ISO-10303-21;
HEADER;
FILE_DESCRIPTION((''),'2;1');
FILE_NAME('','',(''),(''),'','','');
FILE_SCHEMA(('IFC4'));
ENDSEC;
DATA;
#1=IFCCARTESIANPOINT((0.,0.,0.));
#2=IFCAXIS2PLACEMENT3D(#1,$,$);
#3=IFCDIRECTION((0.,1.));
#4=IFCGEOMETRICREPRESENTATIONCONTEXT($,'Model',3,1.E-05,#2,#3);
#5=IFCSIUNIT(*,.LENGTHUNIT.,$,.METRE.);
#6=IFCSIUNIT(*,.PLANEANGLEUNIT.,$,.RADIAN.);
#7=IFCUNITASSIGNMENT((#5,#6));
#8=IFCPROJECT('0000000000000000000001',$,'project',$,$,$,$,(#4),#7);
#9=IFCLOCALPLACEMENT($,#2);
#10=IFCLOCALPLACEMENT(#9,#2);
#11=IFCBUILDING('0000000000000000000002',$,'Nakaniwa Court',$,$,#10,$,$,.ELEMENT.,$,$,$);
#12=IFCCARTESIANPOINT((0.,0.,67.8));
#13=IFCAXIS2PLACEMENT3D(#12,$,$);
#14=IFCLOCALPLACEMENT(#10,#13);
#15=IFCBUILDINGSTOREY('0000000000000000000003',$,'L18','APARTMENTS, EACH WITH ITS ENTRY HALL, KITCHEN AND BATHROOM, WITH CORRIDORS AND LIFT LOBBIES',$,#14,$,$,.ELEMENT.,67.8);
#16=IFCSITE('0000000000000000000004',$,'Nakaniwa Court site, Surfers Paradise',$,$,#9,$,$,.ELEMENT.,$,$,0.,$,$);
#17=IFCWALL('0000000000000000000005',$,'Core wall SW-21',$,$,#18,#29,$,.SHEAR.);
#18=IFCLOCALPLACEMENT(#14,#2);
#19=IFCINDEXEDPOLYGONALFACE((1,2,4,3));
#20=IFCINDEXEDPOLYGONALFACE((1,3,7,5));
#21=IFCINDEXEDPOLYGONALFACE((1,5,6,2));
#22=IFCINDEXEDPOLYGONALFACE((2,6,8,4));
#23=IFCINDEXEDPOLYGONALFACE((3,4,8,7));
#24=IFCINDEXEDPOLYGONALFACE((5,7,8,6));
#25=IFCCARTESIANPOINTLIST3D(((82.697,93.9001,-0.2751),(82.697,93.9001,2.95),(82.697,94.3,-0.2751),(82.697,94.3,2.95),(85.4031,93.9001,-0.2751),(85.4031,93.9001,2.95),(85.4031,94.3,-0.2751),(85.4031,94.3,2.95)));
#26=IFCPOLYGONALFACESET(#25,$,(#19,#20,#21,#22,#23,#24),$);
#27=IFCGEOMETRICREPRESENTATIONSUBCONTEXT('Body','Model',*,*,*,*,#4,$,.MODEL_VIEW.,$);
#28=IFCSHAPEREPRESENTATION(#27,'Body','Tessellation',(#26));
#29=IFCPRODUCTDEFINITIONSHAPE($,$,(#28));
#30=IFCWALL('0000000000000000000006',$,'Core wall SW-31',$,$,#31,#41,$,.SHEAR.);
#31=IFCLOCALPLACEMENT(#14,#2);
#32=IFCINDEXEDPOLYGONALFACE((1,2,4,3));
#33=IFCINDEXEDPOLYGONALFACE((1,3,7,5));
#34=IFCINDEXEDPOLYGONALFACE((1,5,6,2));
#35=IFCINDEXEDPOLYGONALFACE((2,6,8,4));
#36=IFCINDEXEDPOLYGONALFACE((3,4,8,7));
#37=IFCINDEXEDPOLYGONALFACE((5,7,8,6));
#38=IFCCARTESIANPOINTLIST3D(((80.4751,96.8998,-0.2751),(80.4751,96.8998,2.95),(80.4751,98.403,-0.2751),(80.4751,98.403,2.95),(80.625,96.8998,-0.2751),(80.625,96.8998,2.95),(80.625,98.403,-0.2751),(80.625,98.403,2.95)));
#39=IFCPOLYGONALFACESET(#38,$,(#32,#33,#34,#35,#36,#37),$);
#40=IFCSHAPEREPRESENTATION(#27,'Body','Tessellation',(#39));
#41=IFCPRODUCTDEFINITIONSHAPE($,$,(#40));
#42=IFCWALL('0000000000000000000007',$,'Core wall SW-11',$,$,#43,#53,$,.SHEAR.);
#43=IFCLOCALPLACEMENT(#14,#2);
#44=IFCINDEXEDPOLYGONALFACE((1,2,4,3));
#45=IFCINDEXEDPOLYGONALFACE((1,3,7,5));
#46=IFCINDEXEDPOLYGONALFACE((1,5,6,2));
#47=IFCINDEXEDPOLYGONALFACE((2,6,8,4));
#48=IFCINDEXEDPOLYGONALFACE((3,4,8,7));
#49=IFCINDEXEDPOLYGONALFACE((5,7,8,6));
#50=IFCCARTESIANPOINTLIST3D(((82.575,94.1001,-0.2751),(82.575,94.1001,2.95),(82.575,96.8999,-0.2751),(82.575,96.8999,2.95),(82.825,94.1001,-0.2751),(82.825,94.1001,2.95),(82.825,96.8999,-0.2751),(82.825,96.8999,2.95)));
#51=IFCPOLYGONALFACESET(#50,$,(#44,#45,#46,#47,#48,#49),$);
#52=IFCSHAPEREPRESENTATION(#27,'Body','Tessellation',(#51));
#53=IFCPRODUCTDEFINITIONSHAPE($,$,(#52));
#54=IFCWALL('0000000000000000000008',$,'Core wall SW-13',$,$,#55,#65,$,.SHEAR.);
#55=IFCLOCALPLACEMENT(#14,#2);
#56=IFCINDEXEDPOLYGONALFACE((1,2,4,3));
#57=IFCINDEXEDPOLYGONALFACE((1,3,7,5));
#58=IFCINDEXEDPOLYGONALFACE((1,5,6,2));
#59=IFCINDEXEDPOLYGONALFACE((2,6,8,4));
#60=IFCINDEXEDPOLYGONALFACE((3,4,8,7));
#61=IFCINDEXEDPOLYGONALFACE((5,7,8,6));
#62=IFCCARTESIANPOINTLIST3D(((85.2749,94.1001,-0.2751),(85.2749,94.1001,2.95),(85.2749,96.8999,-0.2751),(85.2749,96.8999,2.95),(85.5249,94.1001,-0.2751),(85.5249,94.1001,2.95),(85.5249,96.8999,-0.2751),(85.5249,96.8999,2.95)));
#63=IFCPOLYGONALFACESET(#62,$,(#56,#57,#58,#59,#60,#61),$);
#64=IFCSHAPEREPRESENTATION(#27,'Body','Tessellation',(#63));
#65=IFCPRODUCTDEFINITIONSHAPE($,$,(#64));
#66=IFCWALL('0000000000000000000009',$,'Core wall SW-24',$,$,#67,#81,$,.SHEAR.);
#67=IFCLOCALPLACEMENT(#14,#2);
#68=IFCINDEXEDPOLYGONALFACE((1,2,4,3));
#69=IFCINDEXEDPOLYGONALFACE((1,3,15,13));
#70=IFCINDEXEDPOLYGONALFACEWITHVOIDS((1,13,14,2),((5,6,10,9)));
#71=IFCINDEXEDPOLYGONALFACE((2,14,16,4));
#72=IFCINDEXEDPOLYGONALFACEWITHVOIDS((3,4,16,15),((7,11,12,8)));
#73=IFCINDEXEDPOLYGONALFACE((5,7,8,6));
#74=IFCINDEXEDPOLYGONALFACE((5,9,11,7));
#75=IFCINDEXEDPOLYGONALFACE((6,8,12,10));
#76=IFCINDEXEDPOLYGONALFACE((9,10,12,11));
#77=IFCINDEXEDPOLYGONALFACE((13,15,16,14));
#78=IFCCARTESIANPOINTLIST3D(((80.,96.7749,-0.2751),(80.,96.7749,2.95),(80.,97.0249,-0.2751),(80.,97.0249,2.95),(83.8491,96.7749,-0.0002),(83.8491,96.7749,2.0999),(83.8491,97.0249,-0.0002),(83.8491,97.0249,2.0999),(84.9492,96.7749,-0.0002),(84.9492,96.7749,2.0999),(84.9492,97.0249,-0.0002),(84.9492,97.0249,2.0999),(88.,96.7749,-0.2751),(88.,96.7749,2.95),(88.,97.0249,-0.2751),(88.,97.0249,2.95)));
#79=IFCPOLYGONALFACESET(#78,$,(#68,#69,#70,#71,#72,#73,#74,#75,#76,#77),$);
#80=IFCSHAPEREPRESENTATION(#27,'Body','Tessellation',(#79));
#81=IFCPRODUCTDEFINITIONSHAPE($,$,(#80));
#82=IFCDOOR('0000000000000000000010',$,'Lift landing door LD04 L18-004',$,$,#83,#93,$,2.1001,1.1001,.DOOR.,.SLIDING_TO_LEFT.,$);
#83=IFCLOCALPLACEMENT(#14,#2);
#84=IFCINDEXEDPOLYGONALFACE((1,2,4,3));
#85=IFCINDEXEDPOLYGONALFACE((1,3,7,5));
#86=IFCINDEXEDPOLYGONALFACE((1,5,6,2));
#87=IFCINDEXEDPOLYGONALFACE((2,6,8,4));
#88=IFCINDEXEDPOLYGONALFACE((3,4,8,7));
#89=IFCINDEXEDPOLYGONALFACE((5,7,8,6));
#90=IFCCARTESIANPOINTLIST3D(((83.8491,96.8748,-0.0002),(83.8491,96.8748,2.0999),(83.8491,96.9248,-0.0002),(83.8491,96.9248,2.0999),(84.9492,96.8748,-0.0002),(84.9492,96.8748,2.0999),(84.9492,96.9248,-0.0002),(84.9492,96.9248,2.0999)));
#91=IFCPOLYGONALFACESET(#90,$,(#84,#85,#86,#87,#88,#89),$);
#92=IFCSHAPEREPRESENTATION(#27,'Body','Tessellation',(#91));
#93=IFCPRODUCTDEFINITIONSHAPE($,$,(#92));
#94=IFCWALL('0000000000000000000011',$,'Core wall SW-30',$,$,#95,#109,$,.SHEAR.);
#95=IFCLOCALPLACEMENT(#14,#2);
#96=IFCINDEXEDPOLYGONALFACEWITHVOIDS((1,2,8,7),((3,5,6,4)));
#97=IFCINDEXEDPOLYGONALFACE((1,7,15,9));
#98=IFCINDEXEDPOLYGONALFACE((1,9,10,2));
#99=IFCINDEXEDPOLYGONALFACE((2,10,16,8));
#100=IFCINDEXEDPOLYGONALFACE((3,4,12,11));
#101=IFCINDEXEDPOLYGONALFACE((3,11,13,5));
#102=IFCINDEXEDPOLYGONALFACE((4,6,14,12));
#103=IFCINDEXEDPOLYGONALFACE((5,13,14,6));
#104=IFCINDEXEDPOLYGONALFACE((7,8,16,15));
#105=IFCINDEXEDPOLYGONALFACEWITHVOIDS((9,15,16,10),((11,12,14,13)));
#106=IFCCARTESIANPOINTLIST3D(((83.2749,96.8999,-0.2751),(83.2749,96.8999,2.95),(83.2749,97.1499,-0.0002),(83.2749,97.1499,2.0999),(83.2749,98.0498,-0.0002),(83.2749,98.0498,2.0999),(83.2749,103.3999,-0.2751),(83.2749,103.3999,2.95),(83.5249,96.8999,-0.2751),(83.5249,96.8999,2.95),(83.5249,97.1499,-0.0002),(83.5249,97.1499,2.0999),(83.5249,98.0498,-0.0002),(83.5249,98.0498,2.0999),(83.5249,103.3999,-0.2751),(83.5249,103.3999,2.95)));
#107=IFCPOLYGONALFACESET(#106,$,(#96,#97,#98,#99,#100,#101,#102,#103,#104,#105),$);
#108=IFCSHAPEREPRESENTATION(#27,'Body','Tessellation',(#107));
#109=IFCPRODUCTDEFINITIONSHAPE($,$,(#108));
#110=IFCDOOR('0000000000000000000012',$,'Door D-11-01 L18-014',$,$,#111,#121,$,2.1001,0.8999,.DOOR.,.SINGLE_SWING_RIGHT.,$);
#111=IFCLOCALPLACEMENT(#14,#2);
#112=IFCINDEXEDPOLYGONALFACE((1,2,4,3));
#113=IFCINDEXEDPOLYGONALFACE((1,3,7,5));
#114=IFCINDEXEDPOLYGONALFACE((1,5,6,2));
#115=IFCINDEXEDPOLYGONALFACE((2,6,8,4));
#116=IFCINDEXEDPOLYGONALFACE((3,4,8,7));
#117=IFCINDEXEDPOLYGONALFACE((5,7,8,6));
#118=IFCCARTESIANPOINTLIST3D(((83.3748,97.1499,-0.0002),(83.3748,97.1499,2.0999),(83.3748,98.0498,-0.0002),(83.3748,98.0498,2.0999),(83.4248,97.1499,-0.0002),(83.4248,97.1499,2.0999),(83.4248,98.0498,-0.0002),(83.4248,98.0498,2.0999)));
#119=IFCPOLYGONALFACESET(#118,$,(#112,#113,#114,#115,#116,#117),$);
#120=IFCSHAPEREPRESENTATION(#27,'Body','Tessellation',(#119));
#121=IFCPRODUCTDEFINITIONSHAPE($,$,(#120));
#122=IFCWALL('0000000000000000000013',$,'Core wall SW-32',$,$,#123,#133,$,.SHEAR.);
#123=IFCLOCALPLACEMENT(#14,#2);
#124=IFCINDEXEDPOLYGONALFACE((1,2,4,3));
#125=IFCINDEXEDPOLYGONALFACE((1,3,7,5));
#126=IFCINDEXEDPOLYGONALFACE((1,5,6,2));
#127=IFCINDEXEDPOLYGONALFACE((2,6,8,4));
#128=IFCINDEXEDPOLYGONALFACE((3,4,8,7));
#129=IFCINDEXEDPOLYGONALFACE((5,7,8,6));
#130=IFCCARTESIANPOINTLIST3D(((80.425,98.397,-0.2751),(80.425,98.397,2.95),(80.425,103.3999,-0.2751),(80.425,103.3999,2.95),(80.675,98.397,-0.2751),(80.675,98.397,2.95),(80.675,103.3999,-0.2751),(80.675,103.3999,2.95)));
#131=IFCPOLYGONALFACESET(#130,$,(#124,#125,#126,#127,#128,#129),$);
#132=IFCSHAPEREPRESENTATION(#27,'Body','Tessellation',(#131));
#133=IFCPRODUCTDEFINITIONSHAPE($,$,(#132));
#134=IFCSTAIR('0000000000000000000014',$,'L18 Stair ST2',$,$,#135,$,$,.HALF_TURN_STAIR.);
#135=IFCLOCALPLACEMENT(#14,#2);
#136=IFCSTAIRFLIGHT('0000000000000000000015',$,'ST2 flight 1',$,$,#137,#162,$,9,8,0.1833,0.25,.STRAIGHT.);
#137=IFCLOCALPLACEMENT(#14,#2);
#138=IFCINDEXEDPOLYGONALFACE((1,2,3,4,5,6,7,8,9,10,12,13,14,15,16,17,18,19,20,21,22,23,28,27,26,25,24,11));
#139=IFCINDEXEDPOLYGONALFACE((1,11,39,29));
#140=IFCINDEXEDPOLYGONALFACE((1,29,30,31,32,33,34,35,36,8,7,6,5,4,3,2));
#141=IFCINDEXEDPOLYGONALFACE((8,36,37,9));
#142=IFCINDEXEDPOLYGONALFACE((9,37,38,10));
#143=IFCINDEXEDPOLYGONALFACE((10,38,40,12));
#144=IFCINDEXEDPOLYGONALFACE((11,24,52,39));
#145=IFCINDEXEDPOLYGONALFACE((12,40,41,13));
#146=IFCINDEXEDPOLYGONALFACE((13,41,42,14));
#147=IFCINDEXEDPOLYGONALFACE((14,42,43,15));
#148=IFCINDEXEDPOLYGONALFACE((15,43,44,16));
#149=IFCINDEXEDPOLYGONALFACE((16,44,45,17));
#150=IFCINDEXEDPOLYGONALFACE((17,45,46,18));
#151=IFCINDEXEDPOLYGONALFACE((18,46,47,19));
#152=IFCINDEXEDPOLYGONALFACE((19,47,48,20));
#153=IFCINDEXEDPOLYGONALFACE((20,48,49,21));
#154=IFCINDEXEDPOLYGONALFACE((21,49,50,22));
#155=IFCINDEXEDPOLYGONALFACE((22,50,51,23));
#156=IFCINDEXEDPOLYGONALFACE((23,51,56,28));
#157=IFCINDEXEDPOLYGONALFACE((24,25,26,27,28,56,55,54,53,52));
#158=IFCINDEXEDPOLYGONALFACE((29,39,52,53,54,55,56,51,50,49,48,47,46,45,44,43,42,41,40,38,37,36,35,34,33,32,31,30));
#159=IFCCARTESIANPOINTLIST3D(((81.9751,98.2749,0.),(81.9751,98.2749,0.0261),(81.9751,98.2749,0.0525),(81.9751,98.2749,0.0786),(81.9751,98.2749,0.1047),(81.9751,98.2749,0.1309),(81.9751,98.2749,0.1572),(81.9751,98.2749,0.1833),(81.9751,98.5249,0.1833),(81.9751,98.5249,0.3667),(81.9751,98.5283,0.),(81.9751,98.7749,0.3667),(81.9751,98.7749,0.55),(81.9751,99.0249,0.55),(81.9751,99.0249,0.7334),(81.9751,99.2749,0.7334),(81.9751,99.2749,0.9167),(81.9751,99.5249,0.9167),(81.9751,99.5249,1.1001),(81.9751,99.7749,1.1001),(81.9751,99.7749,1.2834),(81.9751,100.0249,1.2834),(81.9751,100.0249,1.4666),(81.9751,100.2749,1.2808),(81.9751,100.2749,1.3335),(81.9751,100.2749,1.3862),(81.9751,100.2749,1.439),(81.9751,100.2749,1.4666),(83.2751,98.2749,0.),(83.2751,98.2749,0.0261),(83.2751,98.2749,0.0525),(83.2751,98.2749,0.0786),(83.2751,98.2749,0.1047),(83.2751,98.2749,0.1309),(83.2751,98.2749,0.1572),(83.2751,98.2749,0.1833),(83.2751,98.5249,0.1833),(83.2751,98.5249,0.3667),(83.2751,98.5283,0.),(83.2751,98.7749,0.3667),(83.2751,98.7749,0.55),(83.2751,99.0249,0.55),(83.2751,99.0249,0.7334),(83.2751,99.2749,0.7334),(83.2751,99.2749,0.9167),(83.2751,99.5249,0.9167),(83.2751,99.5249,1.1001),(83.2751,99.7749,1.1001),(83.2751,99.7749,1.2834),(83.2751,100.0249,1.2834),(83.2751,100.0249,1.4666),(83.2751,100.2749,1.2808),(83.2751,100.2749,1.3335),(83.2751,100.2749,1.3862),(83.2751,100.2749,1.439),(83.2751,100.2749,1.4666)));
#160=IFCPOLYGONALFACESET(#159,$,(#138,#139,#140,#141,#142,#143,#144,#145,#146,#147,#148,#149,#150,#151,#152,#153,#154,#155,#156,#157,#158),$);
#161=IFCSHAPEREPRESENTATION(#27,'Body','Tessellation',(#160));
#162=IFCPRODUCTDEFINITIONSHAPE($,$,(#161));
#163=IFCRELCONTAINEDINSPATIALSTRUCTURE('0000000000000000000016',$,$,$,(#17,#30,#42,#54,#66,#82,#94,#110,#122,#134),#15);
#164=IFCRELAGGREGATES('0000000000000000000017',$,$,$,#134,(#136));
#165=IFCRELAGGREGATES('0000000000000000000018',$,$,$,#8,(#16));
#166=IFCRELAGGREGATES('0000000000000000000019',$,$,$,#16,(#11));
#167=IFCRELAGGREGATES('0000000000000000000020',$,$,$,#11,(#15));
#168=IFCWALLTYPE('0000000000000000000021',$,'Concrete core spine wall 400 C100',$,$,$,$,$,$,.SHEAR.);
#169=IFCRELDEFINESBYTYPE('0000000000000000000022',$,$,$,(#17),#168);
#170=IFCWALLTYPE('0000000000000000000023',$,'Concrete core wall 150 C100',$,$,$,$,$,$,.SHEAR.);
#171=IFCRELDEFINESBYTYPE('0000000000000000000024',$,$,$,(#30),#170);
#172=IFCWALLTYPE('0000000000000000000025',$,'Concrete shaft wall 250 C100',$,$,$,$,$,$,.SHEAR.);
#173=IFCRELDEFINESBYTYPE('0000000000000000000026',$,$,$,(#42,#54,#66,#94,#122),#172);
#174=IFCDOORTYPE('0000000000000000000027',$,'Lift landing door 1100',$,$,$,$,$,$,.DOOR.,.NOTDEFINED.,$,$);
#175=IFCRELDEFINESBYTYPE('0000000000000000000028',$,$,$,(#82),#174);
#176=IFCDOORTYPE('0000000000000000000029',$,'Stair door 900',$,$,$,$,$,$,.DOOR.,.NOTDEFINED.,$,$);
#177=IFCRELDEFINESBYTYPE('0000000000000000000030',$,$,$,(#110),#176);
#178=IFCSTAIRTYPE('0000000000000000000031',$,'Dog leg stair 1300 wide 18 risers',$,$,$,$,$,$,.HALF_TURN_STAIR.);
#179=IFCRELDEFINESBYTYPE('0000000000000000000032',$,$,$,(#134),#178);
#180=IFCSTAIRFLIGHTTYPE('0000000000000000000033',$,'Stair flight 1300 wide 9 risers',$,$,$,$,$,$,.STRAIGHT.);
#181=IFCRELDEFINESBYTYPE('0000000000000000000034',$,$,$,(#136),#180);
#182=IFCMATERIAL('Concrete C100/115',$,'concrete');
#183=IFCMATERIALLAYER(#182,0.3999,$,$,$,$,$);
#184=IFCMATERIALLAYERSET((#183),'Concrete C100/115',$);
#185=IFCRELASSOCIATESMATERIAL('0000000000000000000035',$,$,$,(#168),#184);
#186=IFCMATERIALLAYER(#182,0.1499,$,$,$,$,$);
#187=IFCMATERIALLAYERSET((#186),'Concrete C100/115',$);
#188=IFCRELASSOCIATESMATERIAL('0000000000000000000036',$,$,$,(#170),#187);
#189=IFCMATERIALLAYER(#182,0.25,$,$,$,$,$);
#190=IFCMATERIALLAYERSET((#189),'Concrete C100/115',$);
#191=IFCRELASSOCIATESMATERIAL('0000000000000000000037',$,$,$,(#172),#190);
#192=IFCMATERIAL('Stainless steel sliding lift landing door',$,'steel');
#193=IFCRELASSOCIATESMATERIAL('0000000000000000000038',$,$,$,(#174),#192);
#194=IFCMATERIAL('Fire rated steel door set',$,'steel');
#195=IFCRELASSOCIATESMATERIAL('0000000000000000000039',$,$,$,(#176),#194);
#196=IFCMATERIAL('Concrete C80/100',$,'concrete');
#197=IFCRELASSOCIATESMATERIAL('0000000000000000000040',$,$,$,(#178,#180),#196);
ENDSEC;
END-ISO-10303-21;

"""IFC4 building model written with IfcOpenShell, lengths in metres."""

from ifc_helpers import new_model, si_unit, direction, frame, frame_2d, origin, place, context, subcontext, project, spatial, polyline, rectangle, outline, extrude, material, layer, layer_set, type_object, element, fill, aggregate, save


model = new_model("IFC4")

# Units and contexts
model_context = context("Model", 3, precision=1e-05, world=origin(), true_north=direction((0.0, 1.0)))
body_context = subcontext(model_context, "Body", "Model", "MODEL_VIEW")
ifc_project = project(units=[si_unit("LENGTHUNIT", "METRE"), si_unit("PLANEANGLEUNIT", "RADIAN")], contexts=[model_context])

# Site, building, storey
site_placement = place(None, origin())
site = spatial("IfcSite", under=ifc_project, at=site_placement, Name="Nakaniwa Court site, Surfers Paradise", CompositionType="ELEMENT", RefElevation=0.0)
building_placement = place(site_placement, origin())
building = spatial("IfcBuilding", under=site, at=building_placement, Name="Nakaniwa Court", CompositionType="ELEMENT")
storey_placement = place(building_placement, frame((0.0, 0.0, 67.8)))
storey = spatial("IfcBuildingStorey", under=building, at=storey_placement, Name="L18", Description="APARTMENTS, EACH WITH ITS ENTRY HALL, KITCHEN AND BATHROOM, WITH CORRIDORS AND LIFT LOBBIES", CompositionType="ELEMENT", Elevation=67.8)

# Shared definitions
ifc_material_1 = material(Name="Concrete C80/100", Category="concrete")

# Shared definitions
ifc_material_2 = material(Name="Fire rated steel door set", Category="steel")

# Shared definitions
ifc_material_3 = material(Name="Concrete C100/115", Category="concrete")

# Walls
ifc_layer_1 = layer(ifc_material_3, 0.3999)
ifc_layer_set_1 = layer_set([ifc_layer_1], Name="Concrete C100/115")
wall_type_1 = type_object("IfcWallType", Name="Concrete core spine wall 400 C100", PredefinedType="SHEAR", material=ifc_layer_set_1)
wall_1_placement = place(storey_placement, frame((82.697, 94.1001, -0.2751), z_axis=(0.0, 0.0, 1.0), x_axis=(1.0, 0.0, 0.0)))
element("IfcWall", 1, at=wall_1_placement, inside=storey, type_object=wall_type_1, Name="Core wall SW-21", PredefinedType="SHEAR", context=body_context, shape_type="SweptSolid", body=[
    extrude(rectangle(XDim=2.7061, YDim=0.3999, at=frame_2d((1.353, 0.0))), origin(), (0.0, 0.0, 1.0), 3.2251),
])
ifc_layer_2 = layer(ifc_material_3, 0.1499)
ifc_layer_set_2 = layer_set([ifc_layer_2], Name="Concrete C100/115")
wall_type_2 = type_object("IfcWallType", Name="Concrete core wall 150 C100", PredefinedType="SHEAR", material=ifc_layer_set_2)
wall_2_placement = place(storey_placement, frame((80.55, 96.8999, -0.2751), z_axis=(0.0, 0.0, 1.0), x_axis=(0.0, 1.0, 0.0)))
element("IfcWall", 2, at=wall_2_placement, inside=storey, type_object=wall_type_2, Name="Core wall SW-31", PredefinedType="SHEAR", context=body_context, shape_type="SweptSolid", body=[
    extrude(rectangle(XDim=1.5032, YDim=0.1499, at=frame_2d((0.7515, 0.0))), origin(), (0.0, 0.0, 1.0), 3.2251),
])
ifc_layer_3 = layer(ifc_material_3, 0.25)
ifc_layer_set_3 = layer_set([ifc_layer_3], Name="Concrete C100/115")
wall_type_3 = type_object("IfcWallType", Name="Concrete shaft wall 250 C100", PredefinedType="SHEAR", material=ifc_layer_set_3)
for number, where, z_axis, x_axis, name in (
    (3, (82.7, 94.1001, -0.2751), (0.0, 0.0, 1.0), (0.0, 1.0, 0.0), "Core wall SW-11"),
    (4, (85.3999, 94.1001, -0.2751), (0.0, 0.0, 1.0), (0.0, 1.0, 0.0), "Core wall SW-13"),
):
    element("IfcWall", number, at=place(storey_placement, frame(where, z_axis=z_axis, x_axis=x_axis)), inside=storey, type_object=wall_type_3, Name=name, PredefinedType="SHEAR", context=body_context, shape_type="SweptSolid", body=[
        extrude(rectangle(XDim=2.7998, YDim=0.25, at=frame_2d((1.3999, 0.0))), origin(), (0.0, 0.0, 1.0), 3.2251),
    ])

# Walls, openings, doors
wall_3_placement = place(storey_placement, frame((80.0, 96.8999, -0.2751), z_axis=(0.0, 0.0, 1.0), x_axis=(1.0, 0.0, 0.0)))
wall_3 = element("IfcWall", 5, at=wall_3_placement, inside=storey, type_object=wall_type_3, Name="Core wall SW-24", PredefinedType="SHEAR", context=body_context, shape_type="SweptSolid", body=[
    extrude(rectangle(XDim=8.0, YDim=0.25, at=frame_2d((4.0, 0.0))), origin(), (0.0, 0.0, 1.0), 3.2251),
])
opening_1_placement = place(wall_3_placement, frame((3.8491, 0.0, 0.2749)))
opening_1 = element("IfcOpeningElement", 6, at=opening_1_placement, cuts=wall_3, PredefinedType="OPENING", context=body_context, shape_type="SweptSolid", body=[
    extrude(rectangle(XDim=1.1001, YDim=2.1001, at=frame_2d((0.55, 1.05))), frame((0.0, 0.135, 0.0), z_axis=(0.0, -1.0, 0.0), x_axis=(1.0, 0.0, 0.0)), (0.0, 0.0, 1.0), 0.27),
])
ifc_material_4 = material(Name="Stainless steel sliding lift landing door", Category="steel")
door_type_1 = type_object("IfcDoorType", Name="Lift landing door 1100", OperationType="NOTDEFINED", PredefinedType="DOOR", material=ifc_material_4)
door_1_placement = place(opening_1_placement, origin())
door_1 = element("IfcDoor", 7, at=door_1_placement, inside=storey, type_object=door_type_1, Name="Lift landing door LD04 L18-004", OperationType="SLIDING_TO_LEFT", OverallHeight=2.1001, OverallWidth=1.1001, PredefinedType="DOOR", context=body_context, shape_type="SweptSolid", body=[
    extrude(rectangle(XDim=1.1001, YDim=2.1001, at=frame_2d((0.55, 1.05))), frame((0.0, 0.0249, 0.0), z_axis=(0.0, -1.0, 0.0), x_axis=(1.0, 0.0, 0.0)), (0.0, 0.0, 1.0), 0.05),
])
fill(opening_1, door_1)
wall_4_placement = place(storey_placement, frame((83.3999, 103.3999, -0.2751), z_axis=(0.0, 0.0, 1.0), x_axis=(0.0, -1.0, 0.0)))
wall_4 = element("IfcWall", 8, at=wall_4_placement, inside=storey, type_object=wall_type_3, Name="Core wall SW-30", PredefinedType="SHEAR", context=body_context, shape_type="SweptSolid", body=[
    extrude(rectangle(XDim=6.5, YDim=0.25, at=frame_2d((3.25, 0.0))), origin(), (0.0, 0.0, 1.0), 3.2251),
])
opening_2_placement = place(wall_4_placement, frame((5.3501, 0.0, 0.2749)))
opening_2 = element("IfcOpeningElement", 9, at=opening_2_placement, cuts=wall_4, PredefinedType="OPENING", context=body_context, shape_type="SweptSolid", body=[
    extrude(rectangle(XDim=0.8999, YDim=2.1001, at=frame_2d((0.45, 1.05))), frame((0.0, 0.135, 0.0), z_axis=(0.0, -1.0, 0.0), x_axis=(1.0, 0.0, 0.0)), (0.0, 0.0, 1.0), 0.27),
])
door_type_2 = type_object("IfcDoorType", Name="Stair door 900", OperationType="NOTDEFINED", PredefinedType="DOOR", material=ifc_material_2)
door_2_placement = place(opening_2_placement, origin())
door_2 = element("IfcDoor", 10, at=door_2_placement, inside=storey, type_object=door_type_2, Name="Door D-11-01 L18-014", OperationType="SINGLE_SWING_RIGHT", OverallHeight=2.1001, OverallWidth=0.8999, PredefinedType="DOOR", context=body_context, shape_type="SweptSolid", body=[
    extrude(rectangle(XDim=0.8999, YDim=2.1001, at=frame_2d((0.45, 1.05))), frame((0.0, 0.0249, 0.0), z_axis=(0.0, -1.0, 0.0), x_axis=(1.0, 0.0, 0.0)), (0.0, 0.0, 1.0), 0.05),
])
fill(opening_2, door_2)

# Wall
wall_5_placement = place(storey_placement, frame((80.55, 98.397, -0.2751), z_axis=(0.0, 0.0, 1.0), x_axis=(0.0, 1.0, 0.0)))
element("IfcWall", 11, at=wall_5_placement, inside=storey, type_object=wall_type_3, Name="Core wall SW-32", PredefinedType="SHEAR", context=body_context, shape_type="SweptSolid", body=[
    extrude(rectangle(XDim=5.0029, YDim=0.25, at=frame_2d((2.5015, 0.0))), origin(), (0.0, 0.0, 1.0), 3.2251),
])

# Stair, stair flight
stair_type = type_object("IfcStairType", Name="Dog leg stair 1300 wide 18 risers", PredefinedType="HALF_TURN_STAIR", material=ifc_material_1)
stair_placement = place(storey_placement, origin())
stair = element("IfcStair", 12, at=stair_placement, inside=storey, type_object=stair_type, Name="L18 Stair ST2", PredefinedType="HALF_TURN_STAIR")
stair_flight_type = type_object("IfcStairFlightType", Name="Stair flight 1300 wide 9 risers", PredefinedType="STRAIGHT", material=ifc_material_1)
stair_flight_1_placement = place(storey_placement, frame((82.625, 98.2749, 0.0), z_axis=(0.0, 0.0, 1.0), x_axis=(0.0, 1.0, 0.0)))
stair_flight_1 = element("IfcStairFlight", 13, at=stair_flight_1_placement, type_object=stair_flight_type, Name="ST2 flight 1", NumberOfRisers=9, NumberOfTreads=8, PredefinedType="STRAIGHT", RiserHeight=0.1833, TreadLength=0.25, context=body_context, shape_type="SweptSolid", body=[
    extrude(outline(polyline([(0.0, 0.0), (0.0, 0.0261), (0.0, 0.0525), (0.0, 0.0786), (0.0, 0.1047), (0.0, 0.1309), (0.0, 0.1572), (0.0, 0.1833), (0.25, 0.1833), (0.25, 0.3667), (0.5, 0.3667), (0.5, 0.55), (0.75, 0.55), (0.75, 0.7334), (1.0, 0.7334), (1.0, 0.9167), (1.25, 0.9167), (1.25, 1.1001), (1.5, 1.1001), (1.5, 1.2834), (1.75, 1.2834), (1.75, 1.4666), (2.0, 1.4666), (2.0, 1.6499), (2.0, 1.5972), (2.0, 1.5444), (2.0, 1.4917), (2.0, 1.439), (2.0, 1.3862), (2.0, 1.3335), (2.0, 1.2808), (0.2534, 0.0), (0.0, 0.0)])), frame((0.0, 0.6499, 0.0), z_axis=(0.0, -1.0, 0.0), x_axis=(1.0, 0.0, 0.0)), (0.0, 0.0, 1.0), 1.3),
])
aggregate(stair, [stair_flight_1])

save(model, "model.ifc")
